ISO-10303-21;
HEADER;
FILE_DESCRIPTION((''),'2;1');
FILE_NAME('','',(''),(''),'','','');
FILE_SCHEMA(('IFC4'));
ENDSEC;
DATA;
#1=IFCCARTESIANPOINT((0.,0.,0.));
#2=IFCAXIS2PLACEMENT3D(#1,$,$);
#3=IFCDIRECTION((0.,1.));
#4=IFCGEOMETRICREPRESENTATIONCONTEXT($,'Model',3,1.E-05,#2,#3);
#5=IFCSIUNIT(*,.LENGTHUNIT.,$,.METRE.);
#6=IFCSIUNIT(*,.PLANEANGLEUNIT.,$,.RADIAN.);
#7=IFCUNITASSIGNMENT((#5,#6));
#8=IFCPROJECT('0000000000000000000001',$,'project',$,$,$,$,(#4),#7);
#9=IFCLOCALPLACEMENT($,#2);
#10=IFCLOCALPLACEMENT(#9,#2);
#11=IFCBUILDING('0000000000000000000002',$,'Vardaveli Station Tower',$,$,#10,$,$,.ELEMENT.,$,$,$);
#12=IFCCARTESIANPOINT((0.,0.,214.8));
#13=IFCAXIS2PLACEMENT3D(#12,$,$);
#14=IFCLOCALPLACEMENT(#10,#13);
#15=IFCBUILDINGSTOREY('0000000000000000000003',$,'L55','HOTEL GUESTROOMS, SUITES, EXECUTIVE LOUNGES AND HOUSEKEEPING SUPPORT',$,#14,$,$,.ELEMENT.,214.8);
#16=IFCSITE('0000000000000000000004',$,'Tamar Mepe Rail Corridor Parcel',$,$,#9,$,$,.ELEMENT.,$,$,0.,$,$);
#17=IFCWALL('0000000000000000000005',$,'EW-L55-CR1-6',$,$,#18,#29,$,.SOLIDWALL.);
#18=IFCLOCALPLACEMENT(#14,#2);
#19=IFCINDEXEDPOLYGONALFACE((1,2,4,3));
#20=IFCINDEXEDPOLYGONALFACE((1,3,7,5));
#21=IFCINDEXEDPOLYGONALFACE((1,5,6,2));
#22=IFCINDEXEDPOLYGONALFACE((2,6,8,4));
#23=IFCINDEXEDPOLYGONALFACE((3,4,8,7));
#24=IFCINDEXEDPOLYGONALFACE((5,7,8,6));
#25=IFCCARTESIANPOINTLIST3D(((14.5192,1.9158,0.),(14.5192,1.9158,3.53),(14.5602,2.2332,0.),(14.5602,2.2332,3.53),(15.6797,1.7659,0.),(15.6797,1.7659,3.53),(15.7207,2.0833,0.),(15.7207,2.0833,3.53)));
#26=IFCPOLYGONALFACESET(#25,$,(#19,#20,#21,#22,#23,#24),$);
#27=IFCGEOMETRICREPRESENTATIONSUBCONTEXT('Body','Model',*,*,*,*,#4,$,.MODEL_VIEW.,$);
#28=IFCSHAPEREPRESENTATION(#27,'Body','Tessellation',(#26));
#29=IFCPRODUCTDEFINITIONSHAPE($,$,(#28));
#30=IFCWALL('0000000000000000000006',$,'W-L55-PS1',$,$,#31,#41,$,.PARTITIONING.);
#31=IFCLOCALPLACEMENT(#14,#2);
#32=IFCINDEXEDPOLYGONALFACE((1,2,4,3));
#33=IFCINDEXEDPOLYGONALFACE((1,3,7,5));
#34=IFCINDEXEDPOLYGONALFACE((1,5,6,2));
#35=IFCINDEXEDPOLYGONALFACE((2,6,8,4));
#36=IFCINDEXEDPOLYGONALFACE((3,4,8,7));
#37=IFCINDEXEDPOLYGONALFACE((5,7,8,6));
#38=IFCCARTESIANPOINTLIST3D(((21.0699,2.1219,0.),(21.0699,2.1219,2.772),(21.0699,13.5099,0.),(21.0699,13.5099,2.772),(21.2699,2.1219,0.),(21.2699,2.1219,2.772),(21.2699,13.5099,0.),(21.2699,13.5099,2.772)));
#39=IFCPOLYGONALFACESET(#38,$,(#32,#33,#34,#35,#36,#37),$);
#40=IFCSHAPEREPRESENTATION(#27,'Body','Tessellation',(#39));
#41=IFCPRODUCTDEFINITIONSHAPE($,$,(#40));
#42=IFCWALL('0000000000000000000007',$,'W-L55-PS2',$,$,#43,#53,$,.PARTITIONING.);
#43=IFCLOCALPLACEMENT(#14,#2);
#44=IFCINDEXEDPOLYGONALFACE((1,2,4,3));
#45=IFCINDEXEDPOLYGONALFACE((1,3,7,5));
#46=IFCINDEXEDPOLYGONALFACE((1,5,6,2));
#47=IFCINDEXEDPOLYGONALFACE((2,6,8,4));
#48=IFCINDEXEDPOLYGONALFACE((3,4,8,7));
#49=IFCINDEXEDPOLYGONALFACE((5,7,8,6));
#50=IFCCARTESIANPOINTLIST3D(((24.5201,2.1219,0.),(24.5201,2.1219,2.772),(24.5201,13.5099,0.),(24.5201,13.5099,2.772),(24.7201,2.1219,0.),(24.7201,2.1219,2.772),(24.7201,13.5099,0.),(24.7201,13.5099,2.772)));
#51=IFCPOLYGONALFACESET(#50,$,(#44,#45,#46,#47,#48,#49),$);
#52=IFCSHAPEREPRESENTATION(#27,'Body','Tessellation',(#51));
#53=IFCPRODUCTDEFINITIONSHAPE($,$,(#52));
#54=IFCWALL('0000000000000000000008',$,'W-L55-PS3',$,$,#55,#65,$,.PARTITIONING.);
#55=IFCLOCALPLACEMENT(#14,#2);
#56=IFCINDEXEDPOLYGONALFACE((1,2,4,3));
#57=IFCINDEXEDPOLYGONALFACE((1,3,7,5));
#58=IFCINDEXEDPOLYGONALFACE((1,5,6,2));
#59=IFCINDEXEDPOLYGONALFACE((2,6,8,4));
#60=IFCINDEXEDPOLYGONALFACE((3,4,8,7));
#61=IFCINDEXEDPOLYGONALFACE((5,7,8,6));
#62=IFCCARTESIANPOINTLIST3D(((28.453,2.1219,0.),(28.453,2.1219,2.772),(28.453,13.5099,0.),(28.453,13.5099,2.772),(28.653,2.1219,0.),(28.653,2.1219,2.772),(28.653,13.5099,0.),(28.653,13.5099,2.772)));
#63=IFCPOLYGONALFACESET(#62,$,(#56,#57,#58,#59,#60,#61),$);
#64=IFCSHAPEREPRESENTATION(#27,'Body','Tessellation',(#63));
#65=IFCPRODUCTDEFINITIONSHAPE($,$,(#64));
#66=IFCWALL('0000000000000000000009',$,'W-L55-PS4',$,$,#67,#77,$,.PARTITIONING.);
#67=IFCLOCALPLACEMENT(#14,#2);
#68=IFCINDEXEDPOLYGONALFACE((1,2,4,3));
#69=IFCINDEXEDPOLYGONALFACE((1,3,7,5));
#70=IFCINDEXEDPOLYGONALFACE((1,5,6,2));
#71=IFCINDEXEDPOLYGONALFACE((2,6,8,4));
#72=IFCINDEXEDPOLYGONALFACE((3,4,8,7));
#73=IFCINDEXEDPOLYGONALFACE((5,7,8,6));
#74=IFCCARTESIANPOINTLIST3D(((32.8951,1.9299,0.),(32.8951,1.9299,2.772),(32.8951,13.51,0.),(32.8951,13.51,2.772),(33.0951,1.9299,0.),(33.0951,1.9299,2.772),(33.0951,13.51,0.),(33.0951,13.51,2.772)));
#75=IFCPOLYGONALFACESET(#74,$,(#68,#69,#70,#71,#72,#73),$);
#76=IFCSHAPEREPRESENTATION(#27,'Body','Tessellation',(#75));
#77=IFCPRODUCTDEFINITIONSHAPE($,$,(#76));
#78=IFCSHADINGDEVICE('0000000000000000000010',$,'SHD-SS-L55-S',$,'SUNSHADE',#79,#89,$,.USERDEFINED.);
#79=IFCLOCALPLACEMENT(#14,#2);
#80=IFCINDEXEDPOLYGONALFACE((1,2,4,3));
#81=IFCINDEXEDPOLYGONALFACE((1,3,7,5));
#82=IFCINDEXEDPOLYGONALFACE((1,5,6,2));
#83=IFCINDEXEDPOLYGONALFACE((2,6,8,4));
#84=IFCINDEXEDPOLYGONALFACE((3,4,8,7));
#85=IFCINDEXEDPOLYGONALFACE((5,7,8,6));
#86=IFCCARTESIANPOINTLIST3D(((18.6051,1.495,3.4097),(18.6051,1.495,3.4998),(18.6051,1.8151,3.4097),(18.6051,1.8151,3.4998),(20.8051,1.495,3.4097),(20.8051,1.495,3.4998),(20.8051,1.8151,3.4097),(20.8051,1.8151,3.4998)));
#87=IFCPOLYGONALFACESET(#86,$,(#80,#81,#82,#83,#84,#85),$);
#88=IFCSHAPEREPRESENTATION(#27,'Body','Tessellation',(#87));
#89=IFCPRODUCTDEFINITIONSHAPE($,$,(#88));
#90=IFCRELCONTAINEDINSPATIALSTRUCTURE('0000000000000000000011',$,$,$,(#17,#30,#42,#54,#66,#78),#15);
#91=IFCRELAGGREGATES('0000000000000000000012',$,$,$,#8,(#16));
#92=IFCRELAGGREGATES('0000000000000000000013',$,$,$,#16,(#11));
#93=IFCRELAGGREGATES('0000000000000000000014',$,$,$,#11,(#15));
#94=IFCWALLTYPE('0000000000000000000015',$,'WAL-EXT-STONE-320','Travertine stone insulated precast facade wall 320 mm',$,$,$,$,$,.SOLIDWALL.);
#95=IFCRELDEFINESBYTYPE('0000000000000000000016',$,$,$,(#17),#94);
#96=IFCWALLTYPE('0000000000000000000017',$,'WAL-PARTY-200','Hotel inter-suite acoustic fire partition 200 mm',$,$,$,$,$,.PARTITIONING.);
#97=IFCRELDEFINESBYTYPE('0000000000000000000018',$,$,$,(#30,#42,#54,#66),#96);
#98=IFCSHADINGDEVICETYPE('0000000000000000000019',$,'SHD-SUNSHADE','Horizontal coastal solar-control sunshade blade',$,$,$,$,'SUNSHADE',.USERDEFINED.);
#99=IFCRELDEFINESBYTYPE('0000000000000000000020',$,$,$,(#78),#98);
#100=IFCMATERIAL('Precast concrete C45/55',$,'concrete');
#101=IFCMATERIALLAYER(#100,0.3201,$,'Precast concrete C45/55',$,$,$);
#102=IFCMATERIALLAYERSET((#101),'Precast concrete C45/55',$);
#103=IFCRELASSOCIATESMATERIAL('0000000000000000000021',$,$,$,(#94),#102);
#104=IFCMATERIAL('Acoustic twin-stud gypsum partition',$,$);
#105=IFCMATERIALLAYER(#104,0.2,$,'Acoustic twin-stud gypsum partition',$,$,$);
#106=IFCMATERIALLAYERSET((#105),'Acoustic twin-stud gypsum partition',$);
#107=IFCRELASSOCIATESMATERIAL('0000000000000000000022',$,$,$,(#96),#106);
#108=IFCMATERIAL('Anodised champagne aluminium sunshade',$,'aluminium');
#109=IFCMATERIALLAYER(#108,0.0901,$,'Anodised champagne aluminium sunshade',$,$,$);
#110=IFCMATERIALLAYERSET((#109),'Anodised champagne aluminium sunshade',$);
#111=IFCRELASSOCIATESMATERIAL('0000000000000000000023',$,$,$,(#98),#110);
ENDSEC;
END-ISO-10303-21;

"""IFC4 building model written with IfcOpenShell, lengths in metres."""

from ifc_helpers import new_model, si_unit, direction, frame, frame_2d, origin, origin_2d, place, context, subcontext, project, spatial, rectangle, extrude, source, transform, mapped, material, layer, layer_set, type_object, element, save


model = new_model("IFC4")

# Units and contexts
model_context = context("Model", 3, precision=1e-05, world=origin(), true_north=direction((0.0, 1.0)))
body_context = subcontext(model_context, "Body", "Model", "MODEL_VIEW")
ifc_project = project(units=[si_unit("LENGTHUNIT", "METRE"), si_unit("PLANEANGLEUNIT", "RADIAN")], contexts=[model_context])

# Site, building, storey
site_placement = place(None, origin())
site = spatial("IfcSite", under=ifc_project, at=site_placement, Name="Tamar Mepe Rail Corridor Parcel", CompositionType="ELEMENT", RefElevation=0.0)
building_placement = place(site_placement, origin())
building = spatial("IfcBuilding", under=site, at=building_placement, Name="Vardaveli Station Tower", CompositionType="ELEMENT")
storey_placement = place(building_placement, frame((0.0, 0.0, 214.8)))
storey = spatial("IfcBuildingStorey", under=building, at=storey_placement, Name="L55", Description="HOTEL GUESTROOMS, SUITES, EXECUTIVE LOUNGES AND HOUSEKEEPING SUPPORT", CompositionType="ELEMENT", Elevation=214.8)

# Shared definitions
ifc_material_1 = material(Name="Precast concrete C45/55", Category="concrete")

# Shared definitions
ifc_layer_1 = layer(ifc_material_1, 0.3201, Name="Precast concrete C45/55")
ifc_layer_set_1 = layer_set([ifc_layer_1], Name="Precast concrete C45/55")
wall_type_1 = type_object("IfcWallType", Name="WAL-EXT-STONE-320", Description="Travertine stone insulated precast facade wall 320 mm", PredefinedType="SOLIDWALL", material=ifc_layer_set_1)

# Walls
shared_shape_1 = source(origin(), body_context, "Body", "SweptSolid", [
    extrude(rectangle(XDim=1.1702, YDim=0.3201, at=frame_2d((0.585, 0.0))), origin(), (0.0, 0.0, 1.0), 3.53),
])
wall_1_placement = place(storey_placement, frame((14.5398, 2.0745, 0.0), z_axis=(0.0, 0.0, 1.0), x_axis=(0.991762, -0.12809, 0.0)))
element("IfcWall", 1, at=wall_1_placement, inside=storey, type_object=wall_type_1, Name="EW-L55-CR1-6", PredefinedType="SOLIDWALL", context=body_context, shape_type="MappedRepresentation", body=[
    mapped(shared_shape_1, transform((0.0, 0.0, 0.0), scale=1.0)),
])
ifc_material_2 = material(Name="Acoustic twin-stud gypsum partition")
ifc_layer_2 = layer(ifc_material_2, 0.2, Name="Acoustic twin-stud gypsum partition")
ifc_layer_set_2 = layer_set([ifc_layer_2], Name="Acoustic twin-stud gypsum partition")
wall_type_2 = type_object("IfcWallType", Name="WAL-PARTY-200", Description="Hotel inter-suite acoustic fire partition 200 mm", PredefinedType="PARTITIONING", material=ifc_layer_set_2)
shared_shape_2 = source(origin(), body_context, "Body", "SweptSolid", [
    extrude(rectangle(XDim=11.3879, YDim=0.2, at=frame_2d((5.6938, 0.0))), origin(), (0.0, 0.0, 1.0), 2.772),
])
for number, where, z_axis, x_axis, name in (
    (2, (21.1699, 2.1221, 0.0), (0.0, 0.0, 1.0), (0.0, 1.0, 0.0), "W-L55-PS1"),
    (3, (24.6201, 2.1221, 0.0), (0.0, 0.0, 1.0), (0.0, 1.0, 0.0), "W-L55-PS2"),
    (4, (28.553, 2.1221, 0.0), (0.0, 0.0, 1.0), (0.0, 1.0, 0.0), "W-L55-PS3"),
):
    element("IfcWall", number, at=place(storey_placement, frame(where, z_axis=z_axis, x_axis=x_axis)), inside=storey, type_object=wall_type_2, Name=name, PredefinedType="PARTITIONING", context=body_context, shape_type="MappedRepresentation", body=[
        mapped(shared_shape_2, transform((0.0, 0.0, 0.0), scale=1.0)),
    ])
shared_shape_3 = source(origin(), body_context, "Body", "SweptSolid", [
    extrude(rectangle(XDim=11.5801, YDim=0.2, at=frame_2d((5.79, 0.0))), origin(), (0.0, 0.0, 1.0), 2.772),
])
wall_2_placement = place(storey_placement, frame((32.9951, 1.9299, 0.0), z_axis=(0.0, 0.0, 1.0), x_axis=(0.0, 1.0, 0.0)))
element("IfcWall", 5, at=wall_2_placement, inside=storey, type_object=wall_type_2, Name="W-L55-PS4", PredefinedType="PARTITIONING", context=body_context, shape_type="MappedRepresentation", body=[
    mapped(shared_shape_3, transform((0.0, 0.0, 0.0), scale=1.0)),
])

# Shading device
ifc_material_3 = material(Name="Anodised champagne aluminium sunshade", Category="aluminium")
ifc_layer_3 = layer(ifc_material_3, 0.0901, Name="Anodised champagne aluminium sunshade")
ifc_layer_set_3 = layer_set([ifc_layer_3], Name="Anodised champagne aluminium sunshade")
shading_device_type = type_object("IfcShadingDeviceType", Name="SHD-SUNSHADE", Description="Horizontal coastal solar-control sunshade blade", ElementType="SUNSHADE", PredefinedType="USERDEFINED", material=ifc_layer_set_3)
shared_shape_4 = source(origin(), body_context, "Body", "SweptSolid", [
    extrude(rectangle(XDim=2.2, YDim=0.3201, at=origin_2d()), origin(), (0.0, 0.0, 1.0), 0.0901),
])
shading_device_placement = place(storey_placement, frame((19.7051, 1.655, 3.4097), z_axis=(0.0, 0.0, 1.0), x_axis=(1.0, 0.0, 0.0)))
element("IfcShadingDevice", 6, at=shading_device_placement, inside=storey, type_object=shading_device_type, Name="SHD-SS-L55-S", ObjectType="SUNSHADE", PredefinedType="USERDEFINED", context=body_context, shape_type="MappedRepresentation", body=[
    mapped(shared_shape_4, transform((0.0, 0.0, 0.0), scale=1.0)),
])

save(model, "model.ifc")
